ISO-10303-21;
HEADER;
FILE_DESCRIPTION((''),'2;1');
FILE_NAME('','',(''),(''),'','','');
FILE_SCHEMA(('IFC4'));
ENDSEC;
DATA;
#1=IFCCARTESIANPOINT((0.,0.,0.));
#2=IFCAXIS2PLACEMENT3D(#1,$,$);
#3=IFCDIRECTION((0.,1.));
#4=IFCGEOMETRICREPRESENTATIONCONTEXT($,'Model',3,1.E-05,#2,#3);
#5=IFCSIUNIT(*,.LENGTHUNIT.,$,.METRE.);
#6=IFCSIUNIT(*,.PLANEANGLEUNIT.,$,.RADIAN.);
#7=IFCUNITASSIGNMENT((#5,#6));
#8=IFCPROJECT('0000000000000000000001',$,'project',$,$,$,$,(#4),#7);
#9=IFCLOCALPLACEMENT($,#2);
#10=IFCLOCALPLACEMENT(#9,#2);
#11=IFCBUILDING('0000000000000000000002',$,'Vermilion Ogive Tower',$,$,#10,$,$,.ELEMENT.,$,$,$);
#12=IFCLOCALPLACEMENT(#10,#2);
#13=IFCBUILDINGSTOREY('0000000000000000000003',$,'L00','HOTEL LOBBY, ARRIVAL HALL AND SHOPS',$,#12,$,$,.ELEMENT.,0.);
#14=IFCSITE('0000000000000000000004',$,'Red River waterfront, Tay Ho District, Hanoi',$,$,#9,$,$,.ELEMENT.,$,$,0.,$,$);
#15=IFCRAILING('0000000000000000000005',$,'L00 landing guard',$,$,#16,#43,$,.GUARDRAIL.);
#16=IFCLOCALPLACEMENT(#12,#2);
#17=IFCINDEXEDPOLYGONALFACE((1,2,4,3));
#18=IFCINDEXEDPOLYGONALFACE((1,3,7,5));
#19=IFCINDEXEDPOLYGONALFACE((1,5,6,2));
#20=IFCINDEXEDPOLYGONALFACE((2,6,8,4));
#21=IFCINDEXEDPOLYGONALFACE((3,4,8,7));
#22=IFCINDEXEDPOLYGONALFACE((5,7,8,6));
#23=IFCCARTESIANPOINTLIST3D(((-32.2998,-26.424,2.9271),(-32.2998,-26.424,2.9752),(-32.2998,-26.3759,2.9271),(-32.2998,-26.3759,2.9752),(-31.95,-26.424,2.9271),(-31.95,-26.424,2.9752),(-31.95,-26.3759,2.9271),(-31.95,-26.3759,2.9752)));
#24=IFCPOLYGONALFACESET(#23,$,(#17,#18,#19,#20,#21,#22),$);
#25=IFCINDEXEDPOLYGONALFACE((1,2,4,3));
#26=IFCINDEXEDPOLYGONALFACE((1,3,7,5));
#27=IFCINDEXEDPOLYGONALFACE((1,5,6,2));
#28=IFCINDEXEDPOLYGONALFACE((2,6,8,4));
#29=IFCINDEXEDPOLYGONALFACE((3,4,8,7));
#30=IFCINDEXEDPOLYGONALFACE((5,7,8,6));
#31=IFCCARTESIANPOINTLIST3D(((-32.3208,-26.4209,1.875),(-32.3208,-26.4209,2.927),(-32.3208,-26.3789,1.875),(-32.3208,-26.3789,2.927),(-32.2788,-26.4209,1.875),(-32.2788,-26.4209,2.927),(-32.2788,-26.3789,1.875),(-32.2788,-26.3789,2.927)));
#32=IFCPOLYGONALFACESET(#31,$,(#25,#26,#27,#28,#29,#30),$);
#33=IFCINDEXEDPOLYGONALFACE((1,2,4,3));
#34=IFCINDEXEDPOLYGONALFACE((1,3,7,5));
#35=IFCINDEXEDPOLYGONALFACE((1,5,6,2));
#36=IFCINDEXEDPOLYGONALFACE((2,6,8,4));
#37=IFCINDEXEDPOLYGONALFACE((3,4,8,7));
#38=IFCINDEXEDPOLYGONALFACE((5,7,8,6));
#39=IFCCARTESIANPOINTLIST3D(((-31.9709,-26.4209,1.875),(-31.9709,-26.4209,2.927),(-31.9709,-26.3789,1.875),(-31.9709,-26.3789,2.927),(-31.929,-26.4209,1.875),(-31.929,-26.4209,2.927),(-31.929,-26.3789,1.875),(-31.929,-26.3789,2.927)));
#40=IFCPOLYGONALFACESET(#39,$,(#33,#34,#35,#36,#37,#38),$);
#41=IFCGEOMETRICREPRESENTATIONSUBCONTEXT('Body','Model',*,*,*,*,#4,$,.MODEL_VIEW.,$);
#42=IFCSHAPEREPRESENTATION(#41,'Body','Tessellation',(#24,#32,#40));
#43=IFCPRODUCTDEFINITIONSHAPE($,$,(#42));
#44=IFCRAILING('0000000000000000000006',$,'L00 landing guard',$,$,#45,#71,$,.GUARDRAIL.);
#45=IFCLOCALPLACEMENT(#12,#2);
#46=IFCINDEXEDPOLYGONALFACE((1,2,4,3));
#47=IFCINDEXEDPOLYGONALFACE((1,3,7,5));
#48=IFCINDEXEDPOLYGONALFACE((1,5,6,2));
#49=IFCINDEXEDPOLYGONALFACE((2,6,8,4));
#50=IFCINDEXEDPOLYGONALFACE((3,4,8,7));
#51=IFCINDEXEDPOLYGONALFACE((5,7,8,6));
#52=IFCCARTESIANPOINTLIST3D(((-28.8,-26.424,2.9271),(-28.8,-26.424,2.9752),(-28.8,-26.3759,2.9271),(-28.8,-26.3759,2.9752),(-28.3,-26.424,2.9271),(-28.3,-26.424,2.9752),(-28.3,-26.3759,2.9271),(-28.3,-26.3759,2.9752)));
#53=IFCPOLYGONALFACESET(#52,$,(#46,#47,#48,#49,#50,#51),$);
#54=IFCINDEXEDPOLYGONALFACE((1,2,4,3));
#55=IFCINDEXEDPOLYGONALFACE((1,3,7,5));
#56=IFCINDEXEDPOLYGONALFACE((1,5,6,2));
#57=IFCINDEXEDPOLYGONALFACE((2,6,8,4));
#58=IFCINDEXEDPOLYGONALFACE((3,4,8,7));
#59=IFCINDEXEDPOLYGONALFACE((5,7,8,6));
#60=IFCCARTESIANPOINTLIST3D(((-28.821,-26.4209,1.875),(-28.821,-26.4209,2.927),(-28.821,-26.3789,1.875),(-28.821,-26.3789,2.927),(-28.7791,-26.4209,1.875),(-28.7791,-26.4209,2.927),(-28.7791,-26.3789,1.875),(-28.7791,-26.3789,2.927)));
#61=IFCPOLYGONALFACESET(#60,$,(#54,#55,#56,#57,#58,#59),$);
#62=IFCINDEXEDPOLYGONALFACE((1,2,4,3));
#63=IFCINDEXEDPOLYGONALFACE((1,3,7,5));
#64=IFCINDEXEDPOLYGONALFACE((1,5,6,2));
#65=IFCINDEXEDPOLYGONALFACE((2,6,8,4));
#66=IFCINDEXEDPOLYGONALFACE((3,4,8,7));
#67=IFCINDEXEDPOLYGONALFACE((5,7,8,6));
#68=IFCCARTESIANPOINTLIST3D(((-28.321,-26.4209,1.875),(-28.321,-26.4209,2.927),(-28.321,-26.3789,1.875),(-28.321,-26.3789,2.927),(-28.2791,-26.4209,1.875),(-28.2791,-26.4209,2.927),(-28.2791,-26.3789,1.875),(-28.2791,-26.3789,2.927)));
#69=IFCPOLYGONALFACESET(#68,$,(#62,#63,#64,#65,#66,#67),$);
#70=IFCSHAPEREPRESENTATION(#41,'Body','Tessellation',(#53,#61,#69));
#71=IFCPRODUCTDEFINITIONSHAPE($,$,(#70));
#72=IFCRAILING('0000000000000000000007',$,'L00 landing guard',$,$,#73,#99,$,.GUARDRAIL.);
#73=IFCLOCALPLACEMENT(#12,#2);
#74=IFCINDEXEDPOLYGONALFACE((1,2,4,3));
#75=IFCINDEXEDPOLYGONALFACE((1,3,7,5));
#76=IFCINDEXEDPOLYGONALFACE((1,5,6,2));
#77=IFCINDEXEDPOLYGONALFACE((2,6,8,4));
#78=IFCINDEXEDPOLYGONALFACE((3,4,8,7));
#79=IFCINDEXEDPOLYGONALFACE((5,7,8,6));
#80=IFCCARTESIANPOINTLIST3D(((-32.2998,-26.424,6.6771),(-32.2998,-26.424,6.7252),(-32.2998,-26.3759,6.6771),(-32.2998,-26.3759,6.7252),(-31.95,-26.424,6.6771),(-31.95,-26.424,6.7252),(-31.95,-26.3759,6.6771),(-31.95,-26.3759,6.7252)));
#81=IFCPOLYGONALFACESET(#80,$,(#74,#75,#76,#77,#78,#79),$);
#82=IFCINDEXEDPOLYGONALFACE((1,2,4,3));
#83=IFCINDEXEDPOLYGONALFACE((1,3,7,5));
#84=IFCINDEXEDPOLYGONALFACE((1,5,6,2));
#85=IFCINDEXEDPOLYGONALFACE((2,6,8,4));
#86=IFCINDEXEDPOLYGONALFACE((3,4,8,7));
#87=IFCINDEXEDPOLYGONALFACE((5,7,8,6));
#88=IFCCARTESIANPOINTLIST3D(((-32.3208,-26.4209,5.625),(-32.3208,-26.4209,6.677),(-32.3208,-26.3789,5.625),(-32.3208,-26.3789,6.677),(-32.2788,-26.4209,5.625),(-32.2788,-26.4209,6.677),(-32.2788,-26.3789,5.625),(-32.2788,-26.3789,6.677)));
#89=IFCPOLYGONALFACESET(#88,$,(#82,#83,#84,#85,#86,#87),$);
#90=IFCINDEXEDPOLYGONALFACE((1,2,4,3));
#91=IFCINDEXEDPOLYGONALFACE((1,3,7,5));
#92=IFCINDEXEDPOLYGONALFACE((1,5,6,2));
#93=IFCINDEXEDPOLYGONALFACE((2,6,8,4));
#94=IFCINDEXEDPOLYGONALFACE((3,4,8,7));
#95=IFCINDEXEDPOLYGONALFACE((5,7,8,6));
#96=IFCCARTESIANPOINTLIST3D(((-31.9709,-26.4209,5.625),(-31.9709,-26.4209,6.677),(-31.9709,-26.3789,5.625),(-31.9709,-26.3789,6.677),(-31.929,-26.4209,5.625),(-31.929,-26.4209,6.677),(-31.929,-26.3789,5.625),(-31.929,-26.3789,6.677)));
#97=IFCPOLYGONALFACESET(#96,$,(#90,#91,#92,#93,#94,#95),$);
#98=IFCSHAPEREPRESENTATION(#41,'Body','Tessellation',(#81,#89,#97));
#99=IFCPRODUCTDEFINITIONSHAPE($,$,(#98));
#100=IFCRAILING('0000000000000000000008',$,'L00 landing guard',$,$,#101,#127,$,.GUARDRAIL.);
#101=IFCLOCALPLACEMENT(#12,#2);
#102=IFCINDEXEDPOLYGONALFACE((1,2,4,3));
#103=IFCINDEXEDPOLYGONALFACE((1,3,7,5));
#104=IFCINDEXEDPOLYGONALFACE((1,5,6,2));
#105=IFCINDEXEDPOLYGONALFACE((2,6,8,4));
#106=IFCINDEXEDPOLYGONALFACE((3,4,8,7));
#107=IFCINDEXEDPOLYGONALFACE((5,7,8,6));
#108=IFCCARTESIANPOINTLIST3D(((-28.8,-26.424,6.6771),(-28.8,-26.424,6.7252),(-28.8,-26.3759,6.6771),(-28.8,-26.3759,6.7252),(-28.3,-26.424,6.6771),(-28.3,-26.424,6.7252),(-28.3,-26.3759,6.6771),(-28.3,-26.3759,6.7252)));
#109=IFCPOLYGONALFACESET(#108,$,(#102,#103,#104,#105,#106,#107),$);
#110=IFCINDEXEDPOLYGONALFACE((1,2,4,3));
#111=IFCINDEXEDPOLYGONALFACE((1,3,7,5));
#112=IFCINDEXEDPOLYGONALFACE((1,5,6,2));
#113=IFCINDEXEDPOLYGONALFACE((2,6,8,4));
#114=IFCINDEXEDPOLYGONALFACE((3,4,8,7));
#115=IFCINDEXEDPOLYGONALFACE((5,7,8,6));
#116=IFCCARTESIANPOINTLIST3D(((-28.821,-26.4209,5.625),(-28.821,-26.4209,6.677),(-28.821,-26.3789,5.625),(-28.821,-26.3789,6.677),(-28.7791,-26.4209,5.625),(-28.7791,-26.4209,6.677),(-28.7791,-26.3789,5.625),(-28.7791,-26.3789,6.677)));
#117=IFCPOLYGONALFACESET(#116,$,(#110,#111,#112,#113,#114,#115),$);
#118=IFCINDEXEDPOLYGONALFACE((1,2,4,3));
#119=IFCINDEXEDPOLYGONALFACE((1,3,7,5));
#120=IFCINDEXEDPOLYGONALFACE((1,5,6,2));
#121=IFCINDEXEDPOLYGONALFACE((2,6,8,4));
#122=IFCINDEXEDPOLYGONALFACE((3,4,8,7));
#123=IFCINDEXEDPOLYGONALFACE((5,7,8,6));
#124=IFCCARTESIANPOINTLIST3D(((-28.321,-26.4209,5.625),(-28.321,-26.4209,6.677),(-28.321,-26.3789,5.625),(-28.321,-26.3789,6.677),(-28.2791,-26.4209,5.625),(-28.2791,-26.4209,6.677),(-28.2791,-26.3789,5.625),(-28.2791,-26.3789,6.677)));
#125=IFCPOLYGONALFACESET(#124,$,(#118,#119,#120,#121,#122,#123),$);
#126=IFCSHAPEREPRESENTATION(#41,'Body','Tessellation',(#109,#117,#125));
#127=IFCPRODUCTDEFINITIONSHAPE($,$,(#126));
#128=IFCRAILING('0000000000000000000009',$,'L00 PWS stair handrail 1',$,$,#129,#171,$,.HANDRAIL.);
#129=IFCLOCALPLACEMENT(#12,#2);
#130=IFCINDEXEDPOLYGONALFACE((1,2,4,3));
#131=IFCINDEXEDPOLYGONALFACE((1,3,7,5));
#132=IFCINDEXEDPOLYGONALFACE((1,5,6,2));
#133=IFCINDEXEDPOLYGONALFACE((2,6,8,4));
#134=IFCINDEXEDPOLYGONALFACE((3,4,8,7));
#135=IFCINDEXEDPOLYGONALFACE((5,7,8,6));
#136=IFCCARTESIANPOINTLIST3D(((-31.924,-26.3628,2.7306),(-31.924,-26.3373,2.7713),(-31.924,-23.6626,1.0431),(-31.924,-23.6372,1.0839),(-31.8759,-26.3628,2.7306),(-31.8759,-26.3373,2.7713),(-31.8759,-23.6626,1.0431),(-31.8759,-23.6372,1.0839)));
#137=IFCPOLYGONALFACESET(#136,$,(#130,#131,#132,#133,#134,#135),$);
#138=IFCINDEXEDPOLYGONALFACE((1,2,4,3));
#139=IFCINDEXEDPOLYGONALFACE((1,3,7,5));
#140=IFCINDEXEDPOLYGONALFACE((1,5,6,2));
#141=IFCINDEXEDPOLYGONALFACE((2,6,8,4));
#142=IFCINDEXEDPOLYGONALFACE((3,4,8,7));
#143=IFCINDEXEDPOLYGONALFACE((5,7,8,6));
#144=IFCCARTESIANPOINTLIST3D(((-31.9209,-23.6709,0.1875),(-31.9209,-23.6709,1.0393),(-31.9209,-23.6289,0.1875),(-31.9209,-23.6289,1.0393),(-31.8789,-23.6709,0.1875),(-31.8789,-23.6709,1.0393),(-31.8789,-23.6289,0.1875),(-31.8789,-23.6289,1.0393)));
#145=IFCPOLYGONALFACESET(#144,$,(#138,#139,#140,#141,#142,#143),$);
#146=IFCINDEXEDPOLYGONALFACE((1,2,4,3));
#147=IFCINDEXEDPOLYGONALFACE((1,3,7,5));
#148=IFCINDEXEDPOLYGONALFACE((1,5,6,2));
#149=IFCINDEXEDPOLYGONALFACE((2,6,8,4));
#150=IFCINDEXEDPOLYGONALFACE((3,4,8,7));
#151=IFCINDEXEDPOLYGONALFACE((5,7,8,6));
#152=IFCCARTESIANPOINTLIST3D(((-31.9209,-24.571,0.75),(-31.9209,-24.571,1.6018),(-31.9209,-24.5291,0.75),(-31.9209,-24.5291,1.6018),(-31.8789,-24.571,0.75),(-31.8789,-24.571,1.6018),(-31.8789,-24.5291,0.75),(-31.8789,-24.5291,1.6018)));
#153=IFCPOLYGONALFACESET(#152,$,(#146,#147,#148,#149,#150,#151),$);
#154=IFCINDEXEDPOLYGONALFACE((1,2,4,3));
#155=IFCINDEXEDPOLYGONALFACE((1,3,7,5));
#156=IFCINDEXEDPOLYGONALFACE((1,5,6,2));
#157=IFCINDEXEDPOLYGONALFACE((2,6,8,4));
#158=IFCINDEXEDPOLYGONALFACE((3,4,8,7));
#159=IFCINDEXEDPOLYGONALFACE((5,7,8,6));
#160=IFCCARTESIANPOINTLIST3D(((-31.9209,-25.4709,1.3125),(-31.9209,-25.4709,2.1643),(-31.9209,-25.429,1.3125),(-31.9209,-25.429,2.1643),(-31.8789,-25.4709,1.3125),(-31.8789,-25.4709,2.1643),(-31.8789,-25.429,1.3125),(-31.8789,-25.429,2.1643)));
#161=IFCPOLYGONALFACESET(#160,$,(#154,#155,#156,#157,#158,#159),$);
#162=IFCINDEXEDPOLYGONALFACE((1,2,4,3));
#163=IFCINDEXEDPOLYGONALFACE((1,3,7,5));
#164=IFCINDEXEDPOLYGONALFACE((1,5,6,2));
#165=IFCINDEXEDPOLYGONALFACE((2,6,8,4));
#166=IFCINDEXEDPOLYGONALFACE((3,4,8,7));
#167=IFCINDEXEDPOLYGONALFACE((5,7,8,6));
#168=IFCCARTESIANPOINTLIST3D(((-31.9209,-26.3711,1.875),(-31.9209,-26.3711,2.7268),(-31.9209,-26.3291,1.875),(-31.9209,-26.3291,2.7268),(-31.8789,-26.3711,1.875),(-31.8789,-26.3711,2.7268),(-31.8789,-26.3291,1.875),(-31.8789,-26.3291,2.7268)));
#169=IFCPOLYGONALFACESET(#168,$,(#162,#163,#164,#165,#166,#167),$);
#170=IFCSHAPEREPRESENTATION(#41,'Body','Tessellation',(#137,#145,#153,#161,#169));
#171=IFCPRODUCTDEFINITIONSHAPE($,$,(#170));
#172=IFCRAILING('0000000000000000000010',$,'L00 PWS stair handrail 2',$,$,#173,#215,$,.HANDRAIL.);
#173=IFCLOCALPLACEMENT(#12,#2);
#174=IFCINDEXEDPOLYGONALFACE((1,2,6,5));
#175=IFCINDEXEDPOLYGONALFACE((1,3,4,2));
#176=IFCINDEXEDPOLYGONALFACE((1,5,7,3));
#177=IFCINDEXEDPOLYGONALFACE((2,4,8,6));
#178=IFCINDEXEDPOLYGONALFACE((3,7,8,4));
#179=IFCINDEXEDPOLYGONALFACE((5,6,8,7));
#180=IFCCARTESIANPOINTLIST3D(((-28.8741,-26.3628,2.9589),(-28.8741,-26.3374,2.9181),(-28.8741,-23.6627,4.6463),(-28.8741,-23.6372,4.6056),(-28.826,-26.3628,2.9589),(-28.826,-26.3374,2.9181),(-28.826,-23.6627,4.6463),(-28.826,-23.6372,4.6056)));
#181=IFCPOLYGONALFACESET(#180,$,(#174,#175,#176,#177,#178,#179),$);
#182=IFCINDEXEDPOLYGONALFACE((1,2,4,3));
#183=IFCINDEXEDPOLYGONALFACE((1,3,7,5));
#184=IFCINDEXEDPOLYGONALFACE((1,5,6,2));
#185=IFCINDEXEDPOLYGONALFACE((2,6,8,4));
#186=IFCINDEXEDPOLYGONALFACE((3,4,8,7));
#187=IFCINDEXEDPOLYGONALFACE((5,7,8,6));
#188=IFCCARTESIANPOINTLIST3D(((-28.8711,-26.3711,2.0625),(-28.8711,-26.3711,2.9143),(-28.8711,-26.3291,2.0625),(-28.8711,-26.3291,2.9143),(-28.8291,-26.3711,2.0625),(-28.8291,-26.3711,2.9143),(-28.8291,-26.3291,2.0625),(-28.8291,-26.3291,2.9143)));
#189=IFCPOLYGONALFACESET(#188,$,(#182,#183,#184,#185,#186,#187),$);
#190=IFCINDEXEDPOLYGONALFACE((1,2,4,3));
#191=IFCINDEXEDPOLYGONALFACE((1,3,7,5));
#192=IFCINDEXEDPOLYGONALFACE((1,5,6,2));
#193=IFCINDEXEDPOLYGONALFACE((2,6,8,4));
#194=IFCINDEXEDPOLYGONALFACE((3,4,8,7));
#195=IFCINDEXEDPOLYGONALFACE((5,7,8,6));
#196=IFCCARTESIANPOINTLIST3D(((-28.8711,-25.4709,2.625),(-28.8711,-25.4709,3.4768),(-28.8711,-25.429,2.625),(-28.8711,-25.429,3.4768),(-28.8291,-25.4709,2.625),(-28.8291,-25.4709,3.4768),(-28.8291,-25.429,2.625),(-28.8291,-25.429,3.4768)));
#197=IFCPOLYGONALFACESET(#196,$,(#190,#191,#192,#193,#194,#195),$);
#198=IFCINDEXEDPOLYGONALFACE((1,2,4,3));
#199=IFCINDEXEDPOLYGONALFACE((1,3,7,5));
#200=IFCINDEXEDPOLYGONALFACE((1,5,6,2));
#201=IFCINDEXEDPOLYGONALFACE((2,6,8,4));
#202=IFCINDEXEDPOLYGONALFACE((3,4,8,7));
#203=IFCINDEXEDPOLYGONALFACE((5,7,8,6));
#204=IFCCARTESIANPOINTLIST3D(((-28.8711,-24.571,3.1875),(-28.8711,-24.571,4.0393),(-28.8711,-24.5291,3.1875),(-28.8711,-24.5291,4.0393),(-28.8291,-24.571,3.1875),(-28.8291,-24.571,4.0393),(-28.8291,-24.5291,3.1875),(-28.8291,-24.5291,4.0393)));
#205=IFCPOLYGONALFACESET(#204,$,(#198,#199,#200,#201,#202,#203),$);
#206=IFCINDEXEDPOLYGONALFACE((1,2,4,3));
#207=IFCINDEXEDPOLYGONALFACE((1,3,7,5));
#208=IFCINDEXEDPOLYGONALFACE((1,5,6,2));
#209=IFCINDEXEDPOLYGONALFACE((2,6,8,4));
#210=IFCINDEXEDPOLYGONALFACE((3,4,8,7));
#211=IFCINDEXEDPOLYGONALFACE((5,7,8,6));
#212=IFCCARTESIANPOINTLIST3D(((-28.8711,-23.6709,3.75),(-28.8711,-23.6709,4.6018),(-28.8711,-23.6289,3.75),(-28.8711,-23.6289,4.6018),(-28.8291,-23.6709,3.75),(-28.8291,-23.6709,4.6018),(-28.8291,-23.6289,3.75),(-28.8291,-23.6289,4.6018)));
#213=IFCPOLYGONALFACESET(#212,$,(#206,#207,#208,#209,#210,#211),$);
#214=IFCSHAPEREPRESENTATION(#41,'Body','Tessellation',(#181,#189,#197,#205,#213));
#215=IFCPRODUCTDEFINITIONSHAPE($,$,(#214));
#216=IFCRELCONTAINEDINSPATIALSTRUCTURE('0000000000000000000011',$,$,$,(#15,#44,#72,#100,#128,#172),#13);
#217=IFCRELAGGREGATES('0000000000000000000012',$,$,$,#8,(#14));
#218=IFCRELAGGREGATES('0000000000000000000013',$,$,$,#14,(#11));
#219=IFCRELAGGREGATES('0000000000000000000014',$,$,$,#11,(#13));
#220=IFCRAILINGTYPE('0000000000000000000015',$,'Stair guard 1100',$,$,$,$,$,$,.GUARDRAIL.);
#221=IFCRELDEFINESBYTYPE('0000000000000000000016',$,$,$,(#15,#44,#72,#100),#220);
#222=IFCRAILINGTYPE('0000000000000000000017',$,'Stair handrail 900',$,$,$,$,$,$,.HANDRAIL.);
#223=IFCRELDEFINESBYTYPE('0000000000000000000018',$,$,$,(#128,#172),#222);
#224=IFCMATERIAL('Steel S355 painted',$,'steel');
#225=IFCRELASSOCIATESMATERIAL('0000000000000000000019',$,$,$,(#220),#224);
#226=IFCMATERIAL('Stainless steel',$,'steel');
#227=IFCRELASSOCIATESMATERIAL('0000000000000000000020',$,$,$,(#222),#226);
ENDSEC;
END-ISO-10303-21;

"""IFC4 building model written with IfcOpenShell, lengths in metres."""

from ifc_helpers import new_model, si_unit, direction, frame, origin, origin_2d, place, context, subcontext, project, spatial, rectangle, extrude, material, type_object, element, save


model = new_model("IFC4")

# Units and contexts
model_context = context("Model", 3, precision=1e-05, world=origin(), true_north=direction((0.0, 1.0)))
body_context = subcontext(model_context, "Body", "Model", "MODEL_VIEW")
ifc_project = project(units=[si_unit("LENGTHUNIT", "METRE"), si_unit("PLANEANGLEUNIT", "RADIAN")], contexts=[model_context])

# Site, building, storey
site_placement = place(None, origin())
site = spatial("IfcSite", under=ifc_project, at=site_placement, Name="Red River waterfront, Tay Ho District, Hanoi", CompositionType="ELEMENT", RefElevation=0.0)
building_placement = place(site_placement, origin())
building = spatial("IfcBuilding", under=site, at=building_placement, Name="Vermilion Ogive Tower", CompositionType="ELEMENT")
storey_placement = place(building_placement, origin())
storey = spatial("IfcBuildingStorey", under=building, at=storey_placement, Name="L00", Description="HOTEL LOBBY, ARRIVAL HALL AND SHOPS", CompositionType="ELEMENT", Elevation=0.0)

# Railings
ifc_material_1 = material(Name="Steel S355 painted", Category="steel")
railing_type_1 = type_object("IfcRailingType", Name="Stair guard 1100", PredefinedType="GUARDRAIL", material=ifc_material_1)
railing_1_placement = place(storey_placement, frame((-32.2998, -26.3999, 1.875)))
element("IfcRailing", 1, at=railing_1_placement, inside=storey, type_object=railing_type_1, Name="L00 landing guard", PredefinedType="GUARDRAIL", context=body_context, shape_type="SweptSolid", body=[
    extrude(rectangle(XDim=0.0481, YDim=0.0481, at=origin_2d()), frame((0.0, 0.0, 1.0762), z_axis=(1.0, 0.0, 0.0), x_axis=(0.0, 1.0, 0.0)), (0.0, 0.0, 1.0), 0.3499),
    extrude(rectangle(XDim=0.042, YDim=0.042, at=origin_2d()), origin(), (0.0, 0.0, 1.0), 1.052),
    extrude(rectangle(XDim=0.042, YDim=0.042, at=origin_2d()), frame((0.3499, 0.0, 0.0)), (0.0, 0.0, 1.0), 1.052),
])
railing_2_placement = place(storey_placement, frame((-28.8, -26.3999, 1.875)))
element("IfcRailing", 2, at=railing_2_placement, inside=storey, type_object=railing_type_1, Name="L00 landing guard", PredefinedType="GUARDRAIL", context=body_context, shape_type="SweptSolid", body=[
    extrude(rectangle(XDim=0.0481, YDim=0.0481, at=origin_2d()), frame((0.0, 0.0, 1.0762), z_axis=(1.0, 0.0, 0.0), x_axis=(0.0, 1.0, 0.0)), (0.0, 0.0, 1.0), 0.5),
    extrude(rectangle(XDim=0.042, YDim=0.042, at=origin_2d()), origin(), (0.0, 0.0, 1.0), 1.052),
    extrude(rectangle(XDim=0.042, YDim=0.042, at=origin_2d()), frame((0.5, 0.0, 0.0)), (0.0, 0.0, 1.0), 1.052),
])
railing_3_placement = place(storey_placement, frame((-32.2998, -26.3999, 5.625)))
element("IfcRailing", 3, at=railing_3_placement, inside=storey, type_object=railing_type_1, Name="L00 landing guard", PredefinedType="GUARDRAIL", context=body_context, shape_type="SweptSolid", body=[
    extrude(rectangle(XDim=0.0481, YDim=0.0481, at=origin_2d()), frame((0.0, 0.0, 1.0762), z_axis=(1.0, 0.0, 0.0), x_axis=(0.0, 1.0, 0.0)), (0.0, 0.0, 1.0), 0.3499),
    extrude(rectangle(XDim=0.042, YDim=0.042, at=origin_2d()), origin(), (0.0, 0.0, 1.0), 1.052),
    extrude(rectangle(XDim=0.042, YDim=0.042, at=origin_2d()), frame((0.3499, 0.0, 0.0)), (0.0, 0.0, 1.0), 1.052),
])
railing_4_placement = place(storey_placement, frame((-28.8, -26.3999, 5.625)))
element("IfcRailing", 4, at=railing_4_placement, inside=storey, type_object=railing_type_1, Name="L00 landing guard", PredefinedType="GUARDRAIL", context=body_context, shape_type="SweptSolid", body=[
    extrude(rectangle(XDim=0.0481, YDim=0.0481, at=origin_2d()), frame((0.0, 0.0, 1.0762), z_axis=(1.0, 0.0, 0.0), x_axis=(0.0, 1.0, 0.0)), (0.0, 0.0, 1.0), 0.5),
    extrude(rectangle(XDim=0.042, YDim=0.042, at=origin_2d()), origin(), (0.0, 0.0, 1.0), 1.052),
    extrude(rectangle(XDim=0.042, YDim=0.042, at=origin_2d()), frame((0.5, 0.0, 0.0)), (0.0, 0.0, 1.0), 1.052),
])
ifc_material_2 = material(Name="Stainless steel", Category="steel")
railing_type_2 = type_object("IfcRailingType", Name="Stair handrail 900", PredefinedType="HANDRAIL", material=ifc_material_2)
railing_5_placement = place(storey_placement, frame((-31.8999, -23.6499, 0.1875)))
element("IfcRailing", 5, at=railing_5_placement, inside=storey, type_object=railing_type_2, Name="L00 PWS stair handrail 1", PredefinedType="HANDRAIL", context=body_context, shape_type="SweptSolid", body=[
    extrude(rectangle(XDim=0.0481, YDim=0.0481, at=origin_2d()), frame((0.0, 0.0, 0.876), z_axis=(0.0, -0.848016, 0.529971), x_axis=(1.0, 0.0, 0.0)), (0.0, 0.0, 1.0), 3.1841),
    extrude(rectangle(XDim=0.042, YDim=0.042, at=origin_2d()), origin(), (0.0, 0.0, 1.0), 0.8518),
    extrude(rectangle(XDim=0.042, YDim=0.042, at=origin_2d()), frame((0.0, -0.9001, 0.5625)), (0.0, 0.0, 1.0), 0.8518),
    extrude(rectangle(XDim=0.042, YDim=0.042, at=origin_2d()), frame((0.0, -1.8, 1.125)), (0.0, 0.0, 1.0), 0.8518),
    extrude(rectangle(XDim=0.042, YDim=0.042, at=origin_2d()), frame((0.0, -2.7002, 1.6875)), (0.0, 0.0, 1.0), 0.8518),
])
railing_6_placement = place(storey_placement, frame((-28.8501, -26.3501, 2.0625)))
element("IfcRailing", 6, at=railing_6_placement, inside=storey, type_object=railing_type_2, Name="L00 PWS stair handrail 2", PredefinedType="HANDRAIL", context=body_context, shape_type="SweptSolid", body=[
    extrude(rectangle(XDim=0.0481, YDim=0.0481, at=origin_2d()), frame((0.0, 0.0, 0.876), z_axis=(0.0, 0.848016, 0.529971), x_axis=(-1.0, 0.0, 0.0)), (0.0, 0.0, 1.0), 3.1841),
    extrude(rectangle(XDim=0.042, YDim=0.042, at=origin_2d()), origin(), (0.0, 0.0, 1.0), 0.8518),
    extrude(rectangle(XDim=0.042, YDim=0.042, at=origin_2d()), frame((0.0, 0.9001, 0.5625)), (0.0, 0.0, 1.0), 0.8518),
    extrude(rectangle(XDim=0.042, YDim=0.042, at=origin_2d()), frame((0.0, 1.8, 1.125)), (0.0, 0.0, 1.0), 0.8518),
    extrude(rectangle(XDim=0.042, YDim=0.042, at=origin_2d()), frame((0.0, 2.7002, 1.6875)), (0.0, 0.0, 1.0), 0.8518),
])

save(model, "model.ifc")
